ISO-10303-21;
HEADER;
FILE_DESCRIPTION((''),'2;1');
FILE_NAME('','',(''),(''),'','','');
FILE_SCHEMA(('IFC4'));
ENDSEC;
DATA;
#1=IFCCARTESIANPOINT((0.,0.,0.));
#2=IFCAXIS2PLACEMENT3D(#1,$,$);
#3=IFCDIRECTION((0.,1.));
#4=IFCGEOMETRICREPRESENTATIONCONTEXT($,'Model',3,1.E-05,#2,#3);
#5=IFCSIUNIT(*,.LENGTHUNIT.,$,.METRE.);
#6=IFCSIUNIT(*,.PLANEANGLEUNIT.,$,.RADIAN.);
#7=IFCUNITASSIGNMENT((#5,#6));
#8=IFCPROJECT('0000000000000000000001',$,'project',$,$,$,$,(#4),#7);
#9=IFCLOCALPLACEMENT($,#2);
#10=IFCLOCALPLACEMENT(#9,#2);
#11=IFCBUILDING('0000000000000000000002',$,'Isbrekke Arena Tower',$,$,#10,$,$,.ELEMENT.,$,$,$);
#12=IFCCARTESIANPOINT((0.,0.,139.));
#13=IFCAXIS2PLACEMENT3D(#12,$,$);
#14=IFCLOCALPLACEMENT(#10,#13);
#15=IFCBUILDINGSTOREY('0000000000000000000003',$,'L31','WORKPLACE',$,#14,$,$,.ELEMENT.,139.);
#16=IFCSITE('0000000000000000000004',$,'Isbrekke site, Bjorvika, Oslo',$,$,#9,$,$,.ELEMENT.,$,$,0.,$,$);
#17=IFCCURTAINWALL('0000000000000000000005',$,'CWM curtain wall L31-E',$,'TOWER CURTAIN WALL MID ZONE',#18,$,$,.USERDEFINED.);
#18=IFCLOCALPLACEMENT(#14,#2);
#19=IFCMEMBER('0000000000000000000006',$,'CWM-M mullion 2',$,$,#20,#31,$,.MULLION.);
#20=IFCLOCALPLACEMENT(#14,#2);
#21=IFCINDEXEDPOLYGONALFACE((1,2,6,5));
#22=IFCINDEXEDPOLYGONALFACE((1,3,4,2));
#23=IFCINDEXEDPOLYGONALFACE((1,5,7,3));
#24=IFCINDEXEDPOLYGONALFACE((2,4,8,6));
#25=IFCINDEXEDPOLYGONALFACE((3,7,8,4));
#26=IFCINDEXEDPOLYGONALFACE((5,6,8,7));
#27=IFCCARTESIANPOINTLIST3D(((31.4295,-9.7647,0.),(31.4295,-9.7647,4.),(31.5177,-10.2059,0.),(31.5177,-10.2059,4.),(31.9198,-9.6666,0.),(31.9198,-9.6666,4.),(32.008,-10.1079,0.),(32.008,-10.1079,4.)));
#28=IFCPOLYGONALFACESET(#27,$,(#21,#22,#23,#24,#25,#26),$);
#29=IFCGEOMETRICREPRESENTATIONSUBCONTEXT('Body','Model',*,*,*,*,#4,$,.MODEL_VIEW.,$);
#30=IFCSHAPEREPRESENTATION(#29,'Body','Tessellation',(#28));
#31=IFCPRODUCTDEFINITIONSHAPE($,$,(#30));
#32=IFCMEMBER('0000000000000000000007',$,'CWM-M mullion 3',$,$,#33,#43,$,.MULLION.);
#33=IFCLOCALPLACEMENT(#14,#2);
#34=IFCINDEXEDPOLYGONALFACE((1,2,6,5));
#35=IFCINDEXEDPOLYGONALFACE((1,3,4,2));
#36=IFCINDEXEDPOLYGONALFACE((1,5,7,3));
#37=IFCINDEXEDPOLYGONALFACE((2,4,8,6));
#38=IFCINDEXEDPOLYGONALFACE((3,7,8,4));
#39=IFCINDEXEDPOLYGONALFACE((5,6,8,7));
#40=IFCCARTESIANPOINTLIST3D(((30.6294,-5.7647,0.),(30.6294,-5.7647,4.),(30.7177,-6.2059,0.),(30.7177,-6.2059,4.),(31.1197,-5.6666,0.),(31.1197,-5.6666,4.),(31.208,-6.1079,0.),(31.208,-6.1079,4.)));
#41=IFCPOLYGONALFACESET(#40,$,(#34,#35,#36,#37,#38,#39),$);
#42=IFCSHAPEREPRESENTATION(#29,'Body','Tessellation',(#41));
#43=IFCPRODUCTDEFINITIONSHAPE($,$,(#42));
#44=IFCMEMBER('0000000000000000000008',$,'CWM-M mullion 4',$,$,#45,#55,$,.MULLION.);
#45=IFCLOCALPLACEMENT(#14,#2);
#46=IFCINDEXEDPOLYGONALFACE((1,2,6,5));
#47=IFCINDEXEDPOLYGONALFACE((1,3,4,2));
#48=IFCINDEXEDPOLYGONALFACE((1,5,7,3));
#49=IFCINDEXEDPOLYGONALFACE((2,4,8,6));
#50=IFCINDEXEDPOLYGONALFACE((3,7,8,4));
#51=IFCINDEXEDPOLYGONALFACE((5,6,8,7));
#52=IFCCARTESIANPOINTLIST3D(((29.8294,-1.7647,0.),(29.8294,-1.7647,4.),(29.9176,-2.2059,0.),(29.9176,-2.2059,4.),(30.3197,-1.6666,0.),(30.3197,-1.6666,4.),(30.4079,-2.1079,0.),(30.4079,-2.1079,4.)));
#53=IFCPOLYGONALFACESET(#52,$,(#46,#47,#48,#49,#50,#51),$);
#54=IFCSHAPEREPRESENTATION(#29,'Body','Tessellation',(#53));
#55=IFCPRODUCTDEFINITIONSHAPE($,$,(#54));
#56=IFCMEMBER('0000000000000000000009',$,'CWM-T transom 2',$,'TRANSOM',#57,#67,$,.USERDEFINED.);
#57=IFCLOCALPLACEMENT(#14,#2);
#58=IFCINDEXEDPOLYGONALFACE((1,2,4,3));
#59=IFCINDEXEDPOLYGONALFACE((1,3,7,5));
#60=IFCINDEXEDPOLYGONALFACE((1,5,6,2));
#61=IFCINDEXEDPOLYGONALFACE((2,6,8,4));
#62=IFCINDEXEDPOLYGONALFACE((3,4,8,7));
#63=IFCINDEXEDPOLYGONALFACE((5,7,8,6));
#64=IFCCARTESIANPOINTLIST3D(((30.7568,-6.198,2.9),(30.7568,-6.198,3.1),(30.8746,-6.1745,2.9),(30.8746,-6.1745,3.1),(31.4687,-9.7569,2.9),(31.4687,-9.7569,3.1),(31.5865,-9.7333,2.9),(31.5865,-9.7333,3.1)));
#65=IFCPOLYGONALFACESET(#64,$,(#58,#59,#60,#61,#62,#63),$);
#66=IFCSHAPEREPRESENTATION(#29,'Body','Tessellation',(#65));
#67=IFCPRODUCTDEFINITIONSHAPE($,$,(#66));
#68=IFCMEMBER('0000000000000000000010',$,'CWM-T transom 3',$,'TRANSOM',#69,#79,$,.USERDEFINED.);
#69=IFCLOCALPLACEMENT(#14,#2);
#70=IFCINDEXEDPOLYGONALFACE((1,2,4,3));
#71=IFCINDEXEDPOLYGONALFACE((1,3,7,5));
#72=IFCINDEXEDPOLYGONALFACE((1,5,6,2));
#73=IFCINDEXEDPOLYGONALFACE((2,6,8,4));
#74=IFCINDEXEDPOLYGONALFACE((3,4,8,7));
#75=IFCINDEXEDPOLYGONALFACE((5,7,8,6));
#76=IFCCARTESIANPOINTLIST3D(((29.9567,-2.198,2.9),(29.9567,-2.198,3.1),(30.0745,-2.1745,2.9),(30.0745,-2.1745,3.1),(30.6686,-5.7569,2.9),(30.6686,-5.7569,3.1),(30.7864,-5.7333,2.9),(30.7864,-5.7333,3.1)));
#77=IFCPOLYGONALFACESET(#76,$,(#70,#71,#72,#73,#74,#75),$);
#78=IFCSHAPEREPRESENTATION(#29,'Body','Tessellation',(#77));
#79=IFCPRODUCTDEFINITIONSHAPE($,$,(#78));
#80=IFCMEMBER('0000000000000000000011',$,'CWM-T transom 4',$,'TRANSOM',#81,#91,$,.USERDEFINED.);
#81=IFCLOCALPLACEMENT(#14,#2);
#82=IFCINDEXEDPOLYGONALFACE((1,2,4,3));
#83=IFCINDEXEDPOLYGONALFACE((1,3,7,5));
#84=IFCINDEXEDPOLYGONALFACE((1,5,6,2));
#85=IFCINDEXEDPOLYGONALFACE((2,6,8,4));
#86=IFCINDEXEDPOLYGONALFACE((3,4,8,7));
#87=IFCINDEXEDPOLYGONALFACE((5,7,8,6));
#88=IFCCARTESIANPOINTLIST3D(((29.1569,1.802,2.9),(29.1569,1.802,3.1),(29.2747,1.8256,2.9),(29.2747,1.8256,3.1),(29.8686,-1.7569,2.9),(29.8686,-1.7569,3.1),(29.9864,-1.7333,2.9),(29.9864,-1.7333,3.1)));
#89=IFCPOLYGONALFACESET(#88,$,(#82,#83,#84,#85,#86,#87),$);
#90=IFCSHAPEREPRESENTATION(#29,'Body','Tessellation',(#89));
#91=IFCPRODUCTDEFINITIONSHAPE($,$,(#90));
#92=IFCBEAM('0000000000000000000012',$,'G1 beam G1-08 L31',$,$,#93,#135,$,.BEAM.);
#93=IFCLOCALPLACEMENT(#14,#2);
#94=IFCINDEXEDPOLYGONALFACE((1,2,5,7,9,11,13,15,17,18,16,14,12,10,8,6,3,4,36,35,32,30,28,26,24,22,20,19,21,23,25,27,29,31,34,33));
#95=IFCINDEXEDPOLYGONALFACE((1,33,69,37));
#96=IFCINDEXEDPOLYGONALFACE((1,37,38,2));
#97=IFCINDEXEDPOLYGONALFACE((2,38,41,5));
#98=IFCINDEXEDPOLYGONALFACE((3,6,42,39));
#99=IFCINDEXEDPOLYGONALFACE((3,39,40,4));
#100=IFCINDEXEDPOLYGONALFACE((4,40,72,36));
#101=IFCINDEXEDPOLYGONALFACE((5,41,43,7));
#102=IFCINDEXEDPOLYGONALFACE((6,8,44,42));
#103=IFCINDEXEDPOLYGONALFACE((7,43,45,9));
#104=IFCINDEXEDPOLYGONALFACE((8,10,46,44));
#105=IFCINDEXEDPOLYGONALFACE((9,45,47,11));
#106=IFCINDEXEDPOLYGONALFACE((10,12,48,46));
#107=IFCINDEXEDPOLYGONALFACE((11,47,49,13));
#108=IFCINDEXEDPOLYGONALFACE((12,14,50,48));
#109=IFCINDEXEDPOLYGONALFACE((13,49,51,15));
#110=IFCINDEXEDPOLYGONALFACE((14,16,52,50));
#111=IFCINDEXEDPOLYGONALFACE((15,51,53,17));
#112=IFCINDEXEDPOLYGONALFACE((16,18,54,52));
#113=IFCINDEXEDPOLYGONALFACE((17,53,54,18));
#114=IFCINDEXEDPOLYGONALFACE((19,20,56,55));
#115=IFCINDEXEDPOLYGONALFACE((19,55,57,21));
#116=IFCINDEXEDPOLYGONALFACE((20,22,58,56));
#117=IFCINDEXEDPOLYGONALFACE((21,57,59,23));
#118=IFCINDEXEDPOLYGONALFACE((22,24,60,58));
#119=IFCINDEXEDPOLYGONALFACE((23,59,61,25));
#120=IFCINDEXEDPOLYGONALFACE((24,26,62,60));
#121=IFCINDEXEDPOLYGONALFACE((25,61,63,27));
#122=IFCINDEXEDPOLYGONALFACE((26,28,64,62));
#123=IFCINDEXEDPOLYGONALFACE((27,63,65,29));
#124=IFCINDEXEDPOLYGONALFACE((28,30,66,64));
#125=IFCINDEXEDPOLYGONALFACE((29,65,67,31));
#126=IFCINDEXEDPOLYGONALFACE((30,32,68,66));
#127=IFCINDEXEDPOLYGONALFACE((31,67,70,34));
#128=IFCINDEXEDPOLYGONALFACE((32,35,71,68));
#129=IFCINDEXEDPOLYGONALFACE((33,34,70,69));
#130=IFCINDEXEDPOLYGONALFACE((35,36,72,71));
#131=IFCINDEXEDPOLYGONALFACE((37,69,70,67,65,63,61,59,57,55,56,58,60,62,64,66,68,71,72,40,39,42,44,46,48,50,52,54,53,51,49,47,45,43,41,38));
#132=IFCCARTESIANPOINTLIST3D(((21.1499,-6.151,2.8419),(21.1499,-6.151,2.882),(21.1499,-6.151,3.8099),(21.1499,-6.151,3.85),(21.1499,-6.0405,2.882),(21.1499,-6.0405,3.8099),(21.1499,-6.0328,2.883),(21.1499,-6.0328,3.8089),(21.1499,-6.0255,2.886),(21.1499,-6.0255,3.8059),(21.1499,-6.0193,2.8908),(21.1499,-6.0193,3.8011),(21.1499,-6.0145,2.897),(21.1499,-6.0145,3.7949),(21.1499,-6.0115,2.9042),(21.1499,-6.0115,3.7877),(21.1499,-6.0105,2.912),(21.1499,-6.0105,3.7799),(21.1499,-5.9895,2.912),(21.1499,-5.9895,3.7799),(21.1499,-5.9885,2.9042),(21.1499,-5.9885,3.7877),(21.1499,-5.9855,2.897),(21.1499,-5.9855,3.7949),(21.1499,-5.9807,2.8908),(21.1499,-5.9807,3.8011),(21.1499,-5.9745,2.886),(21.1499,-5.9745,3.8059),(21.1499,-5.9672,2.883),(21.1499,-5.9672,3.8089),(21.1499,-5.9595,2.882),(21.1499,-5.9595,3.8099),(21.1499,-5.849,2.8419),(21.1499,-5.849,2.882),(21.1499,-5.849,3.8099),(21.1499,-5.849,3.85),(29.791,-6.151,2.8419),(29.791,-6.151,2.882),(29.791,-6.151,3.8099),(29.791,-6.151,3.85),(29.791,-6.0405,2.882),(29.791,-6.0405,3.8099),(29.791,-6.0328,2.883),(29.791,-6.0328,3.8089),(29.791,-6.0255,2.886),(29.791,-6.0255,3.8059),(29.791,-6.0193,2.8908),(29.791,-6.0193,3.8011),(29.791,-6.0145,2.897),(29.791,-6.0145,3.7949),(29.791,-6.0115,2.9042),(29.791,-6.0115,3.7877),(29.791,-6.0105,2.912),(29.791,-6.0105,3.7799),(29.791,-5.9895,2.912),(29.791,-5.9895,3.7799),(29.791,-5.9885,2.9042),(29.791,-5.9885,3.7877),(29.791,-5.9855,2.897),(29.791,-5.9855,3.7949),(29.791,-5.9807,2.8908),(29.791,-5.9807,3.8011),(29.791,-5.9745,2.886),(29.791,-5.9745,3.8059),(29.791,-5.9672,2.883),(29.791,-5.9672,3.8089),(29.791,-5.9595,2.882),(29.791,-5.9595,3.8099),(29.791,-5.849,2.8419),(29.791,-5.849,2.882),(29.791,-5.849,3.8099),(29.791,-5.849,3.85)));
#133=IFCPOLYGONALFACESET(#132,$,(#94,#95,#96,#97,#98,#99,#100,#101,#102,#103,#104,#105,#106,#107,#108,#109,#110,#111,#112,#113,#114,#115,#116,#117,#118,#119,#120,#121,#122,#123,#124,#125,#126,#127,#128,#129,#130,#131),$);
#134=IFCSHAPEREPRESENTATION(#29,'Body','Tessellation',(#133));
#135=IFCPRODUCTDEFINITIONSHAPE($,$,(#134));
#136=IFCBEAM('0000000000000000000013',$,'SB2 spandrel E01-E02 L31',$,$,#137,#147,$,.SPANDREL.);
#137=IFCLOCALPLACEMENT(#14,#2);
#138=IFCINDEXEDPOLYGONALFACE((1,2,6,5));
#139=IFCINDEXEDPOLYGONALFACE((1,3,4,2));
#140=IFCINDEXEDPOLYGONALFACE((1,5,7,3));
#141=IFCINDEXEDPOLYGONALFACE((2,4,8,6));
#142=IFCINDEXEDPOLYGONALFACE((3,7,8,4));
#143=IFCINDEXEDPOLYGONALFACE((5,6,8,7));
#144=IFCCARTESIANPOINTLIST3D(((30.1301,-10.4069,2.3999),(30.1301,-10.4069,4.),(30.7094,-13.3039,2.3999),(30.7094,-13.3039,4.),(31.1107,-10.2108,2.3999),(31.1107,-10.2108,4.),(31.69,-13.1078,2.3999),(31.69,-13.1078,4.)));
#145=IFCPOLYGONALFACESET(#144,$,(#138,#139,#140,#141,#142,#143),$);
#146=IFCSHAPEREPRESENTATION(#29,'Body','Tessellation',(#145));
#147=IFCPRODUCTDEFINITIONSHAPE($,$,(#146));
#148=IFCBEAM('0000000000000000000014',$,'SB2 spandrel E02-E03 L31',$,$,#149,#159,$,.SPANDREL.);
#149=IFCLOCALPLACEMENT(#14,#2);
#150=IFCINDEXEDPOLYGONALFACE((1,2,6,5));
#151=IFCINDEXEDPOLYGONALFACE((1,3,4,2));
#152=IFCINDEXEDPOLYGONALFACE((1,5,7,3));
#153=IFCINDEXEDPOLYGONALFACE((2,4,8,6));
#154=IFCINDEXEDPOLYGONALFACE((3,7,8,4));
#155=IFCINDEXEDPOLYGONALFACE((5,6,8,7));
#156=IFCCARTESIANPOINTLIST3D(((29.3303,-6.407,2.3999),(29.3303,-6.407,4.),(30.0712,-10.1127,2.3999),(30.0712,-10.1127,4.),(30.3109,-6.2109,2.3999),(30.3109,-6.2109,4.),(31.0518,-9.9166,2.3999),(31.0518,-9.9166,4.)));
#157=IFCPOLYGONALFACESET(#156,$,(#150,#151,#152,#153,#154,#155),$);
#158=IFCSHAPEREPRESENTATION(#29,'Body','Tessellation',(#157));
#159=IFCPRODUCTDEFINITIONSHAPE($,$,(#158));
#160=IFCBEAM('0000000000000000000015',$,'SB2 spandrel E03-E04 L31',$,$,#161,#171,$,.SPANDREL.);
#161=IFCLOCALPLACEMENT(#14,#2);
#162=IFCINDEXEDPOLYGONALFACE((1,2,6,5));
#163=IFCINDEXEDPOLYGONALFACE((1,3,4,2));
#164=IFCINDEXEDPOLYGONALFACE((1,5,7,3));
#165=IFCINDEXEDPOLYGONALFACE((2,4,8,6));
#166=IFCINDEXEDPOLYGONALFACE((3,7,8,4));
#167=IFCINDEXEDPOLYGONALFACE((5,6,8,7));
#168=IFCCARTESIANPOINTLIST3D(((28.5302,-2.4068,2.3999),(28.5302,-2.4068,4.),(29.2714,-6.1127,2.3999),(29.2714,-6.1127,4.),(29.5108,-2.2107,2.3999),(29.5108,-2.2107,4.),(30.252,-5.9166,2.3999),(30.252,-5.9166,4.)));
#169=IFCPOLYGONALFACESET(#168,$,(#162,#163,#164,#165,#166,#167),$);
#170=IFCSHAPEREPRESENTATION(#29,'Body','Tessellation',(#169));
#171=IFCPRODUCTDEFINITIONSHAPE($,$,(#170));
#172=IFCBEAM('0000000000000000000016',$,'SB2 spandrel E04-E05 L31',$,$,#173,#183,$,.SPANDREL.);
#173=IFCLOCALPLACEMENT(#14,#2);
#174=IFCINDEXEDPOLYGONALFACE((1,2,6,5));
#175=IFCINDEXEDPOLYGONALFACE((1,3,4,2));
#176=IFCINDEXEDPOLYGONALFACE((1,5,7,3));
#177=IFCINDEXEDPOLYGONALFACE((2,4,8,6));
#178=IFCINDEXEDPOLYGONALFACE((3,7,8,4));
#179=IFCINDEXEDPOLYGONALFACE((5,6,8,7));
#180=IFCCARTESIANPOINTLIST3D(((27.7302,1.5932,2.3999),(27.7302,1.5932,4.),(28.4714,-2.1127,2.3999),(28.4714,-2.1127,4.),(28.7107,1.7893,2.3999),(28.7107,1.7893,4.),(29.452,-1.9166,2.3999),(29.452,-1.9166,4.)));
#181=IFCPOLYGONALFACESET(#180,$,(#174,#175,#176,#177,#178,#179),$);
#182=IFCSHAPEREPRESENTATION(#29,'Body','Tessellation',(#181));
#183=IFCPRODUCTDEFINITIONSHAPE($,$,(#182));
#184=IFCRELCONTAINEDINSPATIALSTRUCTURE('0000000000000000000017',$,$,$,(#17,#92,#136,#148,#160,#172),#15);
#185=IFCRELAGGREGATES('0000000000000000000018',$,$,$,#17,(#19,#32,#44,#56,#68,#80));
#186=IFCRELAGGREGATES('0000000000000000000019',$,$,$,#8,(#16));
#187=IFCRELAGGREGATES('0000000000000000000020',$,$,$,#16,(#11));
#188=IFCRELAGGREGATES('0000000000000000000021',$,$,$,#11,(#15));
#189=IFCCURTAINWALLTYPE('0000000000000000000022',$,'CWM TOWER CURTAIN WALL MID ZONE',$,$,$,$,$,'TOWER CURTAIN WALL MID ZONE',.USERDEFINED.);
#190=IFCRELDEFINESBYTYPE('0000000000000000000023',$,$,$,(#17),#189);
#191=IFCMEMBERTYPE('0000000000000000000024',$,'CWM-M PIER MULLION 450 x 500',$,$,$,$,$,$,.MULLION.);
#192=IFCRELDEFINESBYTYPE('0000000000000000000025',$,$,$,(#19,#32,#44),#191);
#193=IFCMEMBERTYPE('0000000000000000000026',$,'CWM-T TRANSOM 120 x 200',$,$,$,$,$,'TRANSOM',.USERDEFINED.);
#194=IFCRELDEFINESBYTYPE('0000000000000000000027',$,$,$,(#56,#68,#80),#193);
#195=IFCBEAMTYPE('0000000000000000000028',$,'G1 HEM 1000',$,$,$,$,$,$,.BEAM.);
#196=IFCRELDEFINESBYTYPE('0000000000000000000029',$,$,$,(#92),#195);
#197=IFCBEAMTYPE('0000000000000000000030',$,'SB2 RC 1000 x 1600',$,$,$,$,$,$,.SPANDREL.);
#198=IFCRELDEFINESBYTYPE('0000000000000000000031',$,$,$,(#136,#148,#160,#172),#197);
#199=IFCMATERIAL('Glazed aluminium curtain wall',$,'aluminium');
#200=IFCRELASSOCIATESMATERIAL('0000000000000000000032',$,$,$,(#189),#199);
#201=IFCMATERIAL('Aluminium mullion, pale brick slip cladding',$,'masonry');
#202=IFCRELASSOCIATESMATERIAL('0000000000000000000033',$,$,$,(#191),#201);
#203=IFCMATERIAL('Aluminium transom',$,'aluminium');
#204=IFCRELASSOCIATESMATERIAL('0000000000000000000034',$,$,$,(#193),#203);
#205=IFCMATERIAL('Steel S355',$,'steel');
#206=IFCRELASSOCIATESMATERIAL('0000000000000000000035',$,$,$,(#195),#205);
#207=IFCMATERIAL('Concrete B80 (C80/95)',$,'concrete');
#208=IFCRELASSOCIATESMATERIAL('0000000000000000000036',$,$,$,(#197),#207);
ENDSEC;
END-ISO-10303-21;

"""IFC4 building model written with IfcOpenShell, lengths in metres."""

from ifc_helpers import new_model, si_unit, direction, frame, origin, origin_2d, place, context, subcontext, project, spatial, rectangle, i_section, extrude, material, material_profile, profile_set, type_object, element, aggregate, save


model = new_model("IFC4")

# Units and contexts
model_context = context("Model", 3, precision=1e-05, world=origin(), true_north=direction((0.0, 1.0)))
body_context = subcontext(model_context, "Body", "Model", "MODEL_VIEW")
ifc_project = project(units=[si_unit("LENGTHUNIT", "METRE"), si_unit("PLANEANGLEUNIT", "RADIAN")], contexts=[model_context])

# Site, building, storey
site_placement = place(None, origin())
site = spatial("IfcSite", under=ifc_project, at=site_placement, Name="Isbrekke site, Bjorvika, Oslo", CompositionType="ELEMENT", RefElevation=0.0)
building_placement = place(site_placement, origin())
building = spatial("IfcBuilding", under=site, at=building_placement, Name="Isbrekke Arena Tower", CompositionType="ELEMENT")
storey_placement = place(building_placement, frame((0.0, 0.0, 139.0)))
storey = spatial("IfcBuildingStorey", under=building, at=storey_placement, Name="L31", Description="WORKPLACE", CompositionType="ELEMENT", Elevation=139.0)

# Curtain wall, members
ifc_material_1 = material(Name="Glazed aluminium curtain wall", Category="aluminium")
curtain_wall_type = type_object("IfcCurtainWallType", Name="CWM TOWER CURTAIN WALL MID ZONE", ElementType="TOWER CURTAIN WALL MID ZONE", PredefinedType="USERDEFINED", material=ifc_material_1)
curtain_wall_placement = place(storey_placement, origin())
curtain_wall = element("IfcCurtainWall", 1, at=curtain_wall_placement, inside=storey, type_object=curtain_wall_type, Name="CWM curtain wall L31-E", ObjectType="TOWER CURTAIN WALL MID ZONE", PredefinedType="USERDEFINED")
ifc_material_2 = material(Name="Aluminium mullion, pale brick slip cladding", Category="masonry")
ifc_material_profile_1 = material_profile(ifc_material_2, rectangle(XDim=0.45, YDim=0.5, at=origin_2d()), Name="PIER 450X500")
ifc_profile_set_1 = profile_set([ifc_material_profile_1], Name="Aluminium mullion, pale brick slip cladding")
member_type_1 = type_object("IfcMemberType", Name="CWM-M PIER MULLION 450 x 500", PredefinedType="MULLION", material=ifc_profile_set_1)
member_1_placement = place(storey_placement, frame((31.7188, -9.9363, 0.0), z_axis=(0.0, 0.0, 1.0), x_axis=(-0.196116, 0.980581, 0.0)))
member_1 = element("IfcMember", 2, at=member_1_placement, type_object=member_type_1, Name="CWM-M mullion 2", PredefinedType="MULLION", context=body_context, shape_type="SweptSolid", body=[
    extrude(rectangle(XDim=0.45, YDim=0.5, at=origin_2d()), origin(), (0.0, 0.0, 1.0), 4.0),
])
member_2_placement = place(storey_placement, frame((30.9187, -5.9363, 0.0), z_axis=(0.0, 0.0, 1.0), x_axis=(-0.196116, 0.980581, 0.0)))
member_2 = element("IfcMember", 3, at=member_2_placement, type_object=member_type_1, Name="CWM-M mullion 3", PredefinedType="MULLION", context=body_context, shape_type="SweptSolid", body=[
    extrude(rectangle(XDim=0.45, YDim=0.5, at=origin_2d()), origin(), (0.0, 0.0, 1.0), 4.0),
])
member_3_placement = place(storey_placement, frame((30.1187, -1.9363, 0.0), z_axis=(0.0, 0.0, 1.0), x_axis=(-0.196116, 0.980581, 0.0)))
member_3 = element("IfcMember", 4, at=member_3_placement, type_object=member_type_1, Name="CWM-M mullion 4", PredefinedType="MULLION", context=body_context, shape_type="SweptSolid", body=[
    extrude(rectangle(XDim=0.45, YDim=0.5, at=origin_2d()), origin(), (0.0, 0.0, 1.0), 4.0),
])
ifc_material_3 = material(Name="Aluminium transom", Category="aluminium")
ifc_material_profile_2 = material_profile(ifc_material_3, rectangle(XDim=0.1201, YDim=0.2, at=origin_2d()), Name="TRANSOM 120X200")
ifc_profile_set_2 = profile_set([ifc_material_profile_2], Name="Aluminium transom")
member_type_2 = type_object("IfcMemberType", Name="CWM-T TRANSOM 120 x 200", ElementType="TRANSOM", PredefinedType="USERDEFINED", material=ifc_profile_set_2)
member_4_placement = place(storey_placement, frame((31.5276, -9.7451, 3.0), z_axis=(-0.196155, 0.980573, 0.0), x_axis=(-0.980573, -0.196155, 0.0)))
member_4 = element("IfcMember", 5, at=member_4_placement, type_object=member_type_2, Name="CWM-T transom 2", ObjectType="TRANSOM", PredefinedType="USERDEFINED", context=body_context, shape_type="SweptSolid", body=[
    extrude(rectangle(XDim=0.1201, YDim=0.2, at=origin_2d()), origin(), (0.0, 0.0, 1.0), 3.6294),
])
member_5_placement = place(storey_placement, frame((30.7275, -5.7451, 3.0), z_axis=(-0.196155, 0.980573, 0.0), x_axis=(-0.980573, -0.196155, 0.0)))
member_5 = element("IfcMember", 6, at=member_5_placement, type_object=member_type_2, Name="CWM-T transom 3", ObjectType="TRANSOM", PredefinedType="USERDEFINED", context=body_context, shape_type="SweptSolid", body=[
    extrude(rectangle(XDim=0.1201, YDim=0.2, at=origin_2d()), origin(), (0.0, 0.0, 1.0), 3.6294),
])
member_6_placement = place(storey_placement, frame((29.9275, -1.7451, 3.0), z_axis=(-0.19609, 0.980586, 0.0), x_axis=(-0.980586, -0.19609, 0.0)))
member_6 = element("IfcMember", 7, at=member_6_placement, type_object=member_type_2, Name="CWM-T transom 4", ObjectType="TRANSOM", PredefinedType="USERDEFINED", context=body_context, shape_type="SweptSolid", body=[
    extrude(rectangle(XDim=0.1201, YDim=0.2, at=origin_2d()), origin(), (0.0, 0.0, 1.0), 3.6294),
])

# Beams
ifc_material_4 = material(Name="Steel S355", Category="steel")
ifc_material_profile_3 = material_profile(ifc_material_4, i_section(OverallWidth=0.302, OverallDepth=1.0081, WebThickness=0.021, FlangeThickness=0.04, FilletRadius=0.03, at=origin_2d()), Name="HEM 1000")
ifc_profile_set_3 = profile_set([ifc_material_profile_3], Name="Steel S355")
beam_type_1 = type_object("IfcBeamType", Name="G1 HEM 1000", PredefinedType="BEAM", material=ifc_profile_set_3)
beam_1_placement = place(storey_placement, frame((21.1499, -6.0, 3.3459), z_axis=(1.0, 0.0, 0.0), x_axis=(0.0, 1.0, 0.0)))
element("IfcBeam", 8, at=beam_1_placement, inside=storey, type_object=beam_type_1, Name="G1 beam G1-08 L31", PredefinedType="BEAM", context=body_context, shape_type="SweptSolid", body=[
    extrude(i_section(OverallWidth=0.302, OverallDepth=1.0081, WebThickness=0.021, FlangeThickness=0.04, FilletRadius=0.03, at=origin_2d()), origin(), (0.0, 0.0, 1.0), 8.6411),
])
ifc_material_5 = material(Name="Concrete B80 (C80/95)", Category="concrete")
ifc_material_profile_4 = material_profile(ifc_material_5, rectangle(XDim=1.0, YDim=1.6001, at=origin_2d()), Name="RC 1000x1600")
ifc_profile_set_4 = profile_set([ifc_material_profile_4], Name="Concrete B80 (C80/95)")
beam_type_2 = type_object("IfcBeamType", Name="SB2 RC 1000 x 1600", PredefinedType="SPANDREL", material=ifc_profile_set_4)
beam_2_placement = place(storey_placement, frame((31.1997, -13.2058, 3.2), z_axis=(-0.1961, 0.980584, 0.0), x_axis=(-0.980584, -0.1961, 0.0)))
element("IfcBeam", 9, at=beam_2_placement, inside=storey, type_object=beam_type_2, Name="SB2 spandrel E01-E02 L31", PredefinedType="SPANDREL", context=body_context, shape_type="SweptSolid", body=[
    extrude(rectangle(XDim=1.0, YDim=1.6001, at=origin_2d()), origin(), (0.0, 0.0, 1.0), 2.9543),
])
beam_3_placement = place(storey_placement, frame((30.5615, -10.0146, 3.2), z_axis=(-0.196066, 0.980591, 0.0), x_axis=(-0.980591, -0.196066, 0.0)))
element("IfcBeam", 10, at=beam_3_placement, inside=storey, type_object=beam_type_2, Name="SB2 spandrel E02-E03 L31", PredefinedType="SPANDREL", context=body_context, shape_type="SweptSolid", body=[
    extrude(rectangle(XDim=1.0, YDim=1.6001, at=origin_2d()), origin(), (0.0, 0.0, 1.0), 3.7791),
])
for number, where, z_axis, x_axis, name in (
    (11, (29.7617, -6.0146, 3.2), (-0.196129, 0.980578, 0.0), (-0.980578, -0.196129, 0.0), "SB2 spandrel E03-E04 L31"),
    (12, (28.9617, -2.0146, 3.2), (-0.196129, 0.980578, 0.0), (-0.980578, -0.196129, 0.0), "SB2 spandrel E04-E05 L31"),
):
    element("IfcBeam", number, at=place(storey_placement, frame(where, z_axis=z_axis, x_axis=x_axis)), inside=storey, type_object=beam_type_2, Name=name, PredefinedType="SPANDREL", context=body_context, shape_type="SweptSolid", body=[
        extrude(rectangle(XDim=1.0, YDim=1.6001, at=origin_2d()), origin(), (0.0, 0.0, 1.0), 3.7793),
    ])

aggregate(curtain_wall, [member_1, member_2, member_3, member_4, member_5, member_6])

save(model, "model.ifc")
